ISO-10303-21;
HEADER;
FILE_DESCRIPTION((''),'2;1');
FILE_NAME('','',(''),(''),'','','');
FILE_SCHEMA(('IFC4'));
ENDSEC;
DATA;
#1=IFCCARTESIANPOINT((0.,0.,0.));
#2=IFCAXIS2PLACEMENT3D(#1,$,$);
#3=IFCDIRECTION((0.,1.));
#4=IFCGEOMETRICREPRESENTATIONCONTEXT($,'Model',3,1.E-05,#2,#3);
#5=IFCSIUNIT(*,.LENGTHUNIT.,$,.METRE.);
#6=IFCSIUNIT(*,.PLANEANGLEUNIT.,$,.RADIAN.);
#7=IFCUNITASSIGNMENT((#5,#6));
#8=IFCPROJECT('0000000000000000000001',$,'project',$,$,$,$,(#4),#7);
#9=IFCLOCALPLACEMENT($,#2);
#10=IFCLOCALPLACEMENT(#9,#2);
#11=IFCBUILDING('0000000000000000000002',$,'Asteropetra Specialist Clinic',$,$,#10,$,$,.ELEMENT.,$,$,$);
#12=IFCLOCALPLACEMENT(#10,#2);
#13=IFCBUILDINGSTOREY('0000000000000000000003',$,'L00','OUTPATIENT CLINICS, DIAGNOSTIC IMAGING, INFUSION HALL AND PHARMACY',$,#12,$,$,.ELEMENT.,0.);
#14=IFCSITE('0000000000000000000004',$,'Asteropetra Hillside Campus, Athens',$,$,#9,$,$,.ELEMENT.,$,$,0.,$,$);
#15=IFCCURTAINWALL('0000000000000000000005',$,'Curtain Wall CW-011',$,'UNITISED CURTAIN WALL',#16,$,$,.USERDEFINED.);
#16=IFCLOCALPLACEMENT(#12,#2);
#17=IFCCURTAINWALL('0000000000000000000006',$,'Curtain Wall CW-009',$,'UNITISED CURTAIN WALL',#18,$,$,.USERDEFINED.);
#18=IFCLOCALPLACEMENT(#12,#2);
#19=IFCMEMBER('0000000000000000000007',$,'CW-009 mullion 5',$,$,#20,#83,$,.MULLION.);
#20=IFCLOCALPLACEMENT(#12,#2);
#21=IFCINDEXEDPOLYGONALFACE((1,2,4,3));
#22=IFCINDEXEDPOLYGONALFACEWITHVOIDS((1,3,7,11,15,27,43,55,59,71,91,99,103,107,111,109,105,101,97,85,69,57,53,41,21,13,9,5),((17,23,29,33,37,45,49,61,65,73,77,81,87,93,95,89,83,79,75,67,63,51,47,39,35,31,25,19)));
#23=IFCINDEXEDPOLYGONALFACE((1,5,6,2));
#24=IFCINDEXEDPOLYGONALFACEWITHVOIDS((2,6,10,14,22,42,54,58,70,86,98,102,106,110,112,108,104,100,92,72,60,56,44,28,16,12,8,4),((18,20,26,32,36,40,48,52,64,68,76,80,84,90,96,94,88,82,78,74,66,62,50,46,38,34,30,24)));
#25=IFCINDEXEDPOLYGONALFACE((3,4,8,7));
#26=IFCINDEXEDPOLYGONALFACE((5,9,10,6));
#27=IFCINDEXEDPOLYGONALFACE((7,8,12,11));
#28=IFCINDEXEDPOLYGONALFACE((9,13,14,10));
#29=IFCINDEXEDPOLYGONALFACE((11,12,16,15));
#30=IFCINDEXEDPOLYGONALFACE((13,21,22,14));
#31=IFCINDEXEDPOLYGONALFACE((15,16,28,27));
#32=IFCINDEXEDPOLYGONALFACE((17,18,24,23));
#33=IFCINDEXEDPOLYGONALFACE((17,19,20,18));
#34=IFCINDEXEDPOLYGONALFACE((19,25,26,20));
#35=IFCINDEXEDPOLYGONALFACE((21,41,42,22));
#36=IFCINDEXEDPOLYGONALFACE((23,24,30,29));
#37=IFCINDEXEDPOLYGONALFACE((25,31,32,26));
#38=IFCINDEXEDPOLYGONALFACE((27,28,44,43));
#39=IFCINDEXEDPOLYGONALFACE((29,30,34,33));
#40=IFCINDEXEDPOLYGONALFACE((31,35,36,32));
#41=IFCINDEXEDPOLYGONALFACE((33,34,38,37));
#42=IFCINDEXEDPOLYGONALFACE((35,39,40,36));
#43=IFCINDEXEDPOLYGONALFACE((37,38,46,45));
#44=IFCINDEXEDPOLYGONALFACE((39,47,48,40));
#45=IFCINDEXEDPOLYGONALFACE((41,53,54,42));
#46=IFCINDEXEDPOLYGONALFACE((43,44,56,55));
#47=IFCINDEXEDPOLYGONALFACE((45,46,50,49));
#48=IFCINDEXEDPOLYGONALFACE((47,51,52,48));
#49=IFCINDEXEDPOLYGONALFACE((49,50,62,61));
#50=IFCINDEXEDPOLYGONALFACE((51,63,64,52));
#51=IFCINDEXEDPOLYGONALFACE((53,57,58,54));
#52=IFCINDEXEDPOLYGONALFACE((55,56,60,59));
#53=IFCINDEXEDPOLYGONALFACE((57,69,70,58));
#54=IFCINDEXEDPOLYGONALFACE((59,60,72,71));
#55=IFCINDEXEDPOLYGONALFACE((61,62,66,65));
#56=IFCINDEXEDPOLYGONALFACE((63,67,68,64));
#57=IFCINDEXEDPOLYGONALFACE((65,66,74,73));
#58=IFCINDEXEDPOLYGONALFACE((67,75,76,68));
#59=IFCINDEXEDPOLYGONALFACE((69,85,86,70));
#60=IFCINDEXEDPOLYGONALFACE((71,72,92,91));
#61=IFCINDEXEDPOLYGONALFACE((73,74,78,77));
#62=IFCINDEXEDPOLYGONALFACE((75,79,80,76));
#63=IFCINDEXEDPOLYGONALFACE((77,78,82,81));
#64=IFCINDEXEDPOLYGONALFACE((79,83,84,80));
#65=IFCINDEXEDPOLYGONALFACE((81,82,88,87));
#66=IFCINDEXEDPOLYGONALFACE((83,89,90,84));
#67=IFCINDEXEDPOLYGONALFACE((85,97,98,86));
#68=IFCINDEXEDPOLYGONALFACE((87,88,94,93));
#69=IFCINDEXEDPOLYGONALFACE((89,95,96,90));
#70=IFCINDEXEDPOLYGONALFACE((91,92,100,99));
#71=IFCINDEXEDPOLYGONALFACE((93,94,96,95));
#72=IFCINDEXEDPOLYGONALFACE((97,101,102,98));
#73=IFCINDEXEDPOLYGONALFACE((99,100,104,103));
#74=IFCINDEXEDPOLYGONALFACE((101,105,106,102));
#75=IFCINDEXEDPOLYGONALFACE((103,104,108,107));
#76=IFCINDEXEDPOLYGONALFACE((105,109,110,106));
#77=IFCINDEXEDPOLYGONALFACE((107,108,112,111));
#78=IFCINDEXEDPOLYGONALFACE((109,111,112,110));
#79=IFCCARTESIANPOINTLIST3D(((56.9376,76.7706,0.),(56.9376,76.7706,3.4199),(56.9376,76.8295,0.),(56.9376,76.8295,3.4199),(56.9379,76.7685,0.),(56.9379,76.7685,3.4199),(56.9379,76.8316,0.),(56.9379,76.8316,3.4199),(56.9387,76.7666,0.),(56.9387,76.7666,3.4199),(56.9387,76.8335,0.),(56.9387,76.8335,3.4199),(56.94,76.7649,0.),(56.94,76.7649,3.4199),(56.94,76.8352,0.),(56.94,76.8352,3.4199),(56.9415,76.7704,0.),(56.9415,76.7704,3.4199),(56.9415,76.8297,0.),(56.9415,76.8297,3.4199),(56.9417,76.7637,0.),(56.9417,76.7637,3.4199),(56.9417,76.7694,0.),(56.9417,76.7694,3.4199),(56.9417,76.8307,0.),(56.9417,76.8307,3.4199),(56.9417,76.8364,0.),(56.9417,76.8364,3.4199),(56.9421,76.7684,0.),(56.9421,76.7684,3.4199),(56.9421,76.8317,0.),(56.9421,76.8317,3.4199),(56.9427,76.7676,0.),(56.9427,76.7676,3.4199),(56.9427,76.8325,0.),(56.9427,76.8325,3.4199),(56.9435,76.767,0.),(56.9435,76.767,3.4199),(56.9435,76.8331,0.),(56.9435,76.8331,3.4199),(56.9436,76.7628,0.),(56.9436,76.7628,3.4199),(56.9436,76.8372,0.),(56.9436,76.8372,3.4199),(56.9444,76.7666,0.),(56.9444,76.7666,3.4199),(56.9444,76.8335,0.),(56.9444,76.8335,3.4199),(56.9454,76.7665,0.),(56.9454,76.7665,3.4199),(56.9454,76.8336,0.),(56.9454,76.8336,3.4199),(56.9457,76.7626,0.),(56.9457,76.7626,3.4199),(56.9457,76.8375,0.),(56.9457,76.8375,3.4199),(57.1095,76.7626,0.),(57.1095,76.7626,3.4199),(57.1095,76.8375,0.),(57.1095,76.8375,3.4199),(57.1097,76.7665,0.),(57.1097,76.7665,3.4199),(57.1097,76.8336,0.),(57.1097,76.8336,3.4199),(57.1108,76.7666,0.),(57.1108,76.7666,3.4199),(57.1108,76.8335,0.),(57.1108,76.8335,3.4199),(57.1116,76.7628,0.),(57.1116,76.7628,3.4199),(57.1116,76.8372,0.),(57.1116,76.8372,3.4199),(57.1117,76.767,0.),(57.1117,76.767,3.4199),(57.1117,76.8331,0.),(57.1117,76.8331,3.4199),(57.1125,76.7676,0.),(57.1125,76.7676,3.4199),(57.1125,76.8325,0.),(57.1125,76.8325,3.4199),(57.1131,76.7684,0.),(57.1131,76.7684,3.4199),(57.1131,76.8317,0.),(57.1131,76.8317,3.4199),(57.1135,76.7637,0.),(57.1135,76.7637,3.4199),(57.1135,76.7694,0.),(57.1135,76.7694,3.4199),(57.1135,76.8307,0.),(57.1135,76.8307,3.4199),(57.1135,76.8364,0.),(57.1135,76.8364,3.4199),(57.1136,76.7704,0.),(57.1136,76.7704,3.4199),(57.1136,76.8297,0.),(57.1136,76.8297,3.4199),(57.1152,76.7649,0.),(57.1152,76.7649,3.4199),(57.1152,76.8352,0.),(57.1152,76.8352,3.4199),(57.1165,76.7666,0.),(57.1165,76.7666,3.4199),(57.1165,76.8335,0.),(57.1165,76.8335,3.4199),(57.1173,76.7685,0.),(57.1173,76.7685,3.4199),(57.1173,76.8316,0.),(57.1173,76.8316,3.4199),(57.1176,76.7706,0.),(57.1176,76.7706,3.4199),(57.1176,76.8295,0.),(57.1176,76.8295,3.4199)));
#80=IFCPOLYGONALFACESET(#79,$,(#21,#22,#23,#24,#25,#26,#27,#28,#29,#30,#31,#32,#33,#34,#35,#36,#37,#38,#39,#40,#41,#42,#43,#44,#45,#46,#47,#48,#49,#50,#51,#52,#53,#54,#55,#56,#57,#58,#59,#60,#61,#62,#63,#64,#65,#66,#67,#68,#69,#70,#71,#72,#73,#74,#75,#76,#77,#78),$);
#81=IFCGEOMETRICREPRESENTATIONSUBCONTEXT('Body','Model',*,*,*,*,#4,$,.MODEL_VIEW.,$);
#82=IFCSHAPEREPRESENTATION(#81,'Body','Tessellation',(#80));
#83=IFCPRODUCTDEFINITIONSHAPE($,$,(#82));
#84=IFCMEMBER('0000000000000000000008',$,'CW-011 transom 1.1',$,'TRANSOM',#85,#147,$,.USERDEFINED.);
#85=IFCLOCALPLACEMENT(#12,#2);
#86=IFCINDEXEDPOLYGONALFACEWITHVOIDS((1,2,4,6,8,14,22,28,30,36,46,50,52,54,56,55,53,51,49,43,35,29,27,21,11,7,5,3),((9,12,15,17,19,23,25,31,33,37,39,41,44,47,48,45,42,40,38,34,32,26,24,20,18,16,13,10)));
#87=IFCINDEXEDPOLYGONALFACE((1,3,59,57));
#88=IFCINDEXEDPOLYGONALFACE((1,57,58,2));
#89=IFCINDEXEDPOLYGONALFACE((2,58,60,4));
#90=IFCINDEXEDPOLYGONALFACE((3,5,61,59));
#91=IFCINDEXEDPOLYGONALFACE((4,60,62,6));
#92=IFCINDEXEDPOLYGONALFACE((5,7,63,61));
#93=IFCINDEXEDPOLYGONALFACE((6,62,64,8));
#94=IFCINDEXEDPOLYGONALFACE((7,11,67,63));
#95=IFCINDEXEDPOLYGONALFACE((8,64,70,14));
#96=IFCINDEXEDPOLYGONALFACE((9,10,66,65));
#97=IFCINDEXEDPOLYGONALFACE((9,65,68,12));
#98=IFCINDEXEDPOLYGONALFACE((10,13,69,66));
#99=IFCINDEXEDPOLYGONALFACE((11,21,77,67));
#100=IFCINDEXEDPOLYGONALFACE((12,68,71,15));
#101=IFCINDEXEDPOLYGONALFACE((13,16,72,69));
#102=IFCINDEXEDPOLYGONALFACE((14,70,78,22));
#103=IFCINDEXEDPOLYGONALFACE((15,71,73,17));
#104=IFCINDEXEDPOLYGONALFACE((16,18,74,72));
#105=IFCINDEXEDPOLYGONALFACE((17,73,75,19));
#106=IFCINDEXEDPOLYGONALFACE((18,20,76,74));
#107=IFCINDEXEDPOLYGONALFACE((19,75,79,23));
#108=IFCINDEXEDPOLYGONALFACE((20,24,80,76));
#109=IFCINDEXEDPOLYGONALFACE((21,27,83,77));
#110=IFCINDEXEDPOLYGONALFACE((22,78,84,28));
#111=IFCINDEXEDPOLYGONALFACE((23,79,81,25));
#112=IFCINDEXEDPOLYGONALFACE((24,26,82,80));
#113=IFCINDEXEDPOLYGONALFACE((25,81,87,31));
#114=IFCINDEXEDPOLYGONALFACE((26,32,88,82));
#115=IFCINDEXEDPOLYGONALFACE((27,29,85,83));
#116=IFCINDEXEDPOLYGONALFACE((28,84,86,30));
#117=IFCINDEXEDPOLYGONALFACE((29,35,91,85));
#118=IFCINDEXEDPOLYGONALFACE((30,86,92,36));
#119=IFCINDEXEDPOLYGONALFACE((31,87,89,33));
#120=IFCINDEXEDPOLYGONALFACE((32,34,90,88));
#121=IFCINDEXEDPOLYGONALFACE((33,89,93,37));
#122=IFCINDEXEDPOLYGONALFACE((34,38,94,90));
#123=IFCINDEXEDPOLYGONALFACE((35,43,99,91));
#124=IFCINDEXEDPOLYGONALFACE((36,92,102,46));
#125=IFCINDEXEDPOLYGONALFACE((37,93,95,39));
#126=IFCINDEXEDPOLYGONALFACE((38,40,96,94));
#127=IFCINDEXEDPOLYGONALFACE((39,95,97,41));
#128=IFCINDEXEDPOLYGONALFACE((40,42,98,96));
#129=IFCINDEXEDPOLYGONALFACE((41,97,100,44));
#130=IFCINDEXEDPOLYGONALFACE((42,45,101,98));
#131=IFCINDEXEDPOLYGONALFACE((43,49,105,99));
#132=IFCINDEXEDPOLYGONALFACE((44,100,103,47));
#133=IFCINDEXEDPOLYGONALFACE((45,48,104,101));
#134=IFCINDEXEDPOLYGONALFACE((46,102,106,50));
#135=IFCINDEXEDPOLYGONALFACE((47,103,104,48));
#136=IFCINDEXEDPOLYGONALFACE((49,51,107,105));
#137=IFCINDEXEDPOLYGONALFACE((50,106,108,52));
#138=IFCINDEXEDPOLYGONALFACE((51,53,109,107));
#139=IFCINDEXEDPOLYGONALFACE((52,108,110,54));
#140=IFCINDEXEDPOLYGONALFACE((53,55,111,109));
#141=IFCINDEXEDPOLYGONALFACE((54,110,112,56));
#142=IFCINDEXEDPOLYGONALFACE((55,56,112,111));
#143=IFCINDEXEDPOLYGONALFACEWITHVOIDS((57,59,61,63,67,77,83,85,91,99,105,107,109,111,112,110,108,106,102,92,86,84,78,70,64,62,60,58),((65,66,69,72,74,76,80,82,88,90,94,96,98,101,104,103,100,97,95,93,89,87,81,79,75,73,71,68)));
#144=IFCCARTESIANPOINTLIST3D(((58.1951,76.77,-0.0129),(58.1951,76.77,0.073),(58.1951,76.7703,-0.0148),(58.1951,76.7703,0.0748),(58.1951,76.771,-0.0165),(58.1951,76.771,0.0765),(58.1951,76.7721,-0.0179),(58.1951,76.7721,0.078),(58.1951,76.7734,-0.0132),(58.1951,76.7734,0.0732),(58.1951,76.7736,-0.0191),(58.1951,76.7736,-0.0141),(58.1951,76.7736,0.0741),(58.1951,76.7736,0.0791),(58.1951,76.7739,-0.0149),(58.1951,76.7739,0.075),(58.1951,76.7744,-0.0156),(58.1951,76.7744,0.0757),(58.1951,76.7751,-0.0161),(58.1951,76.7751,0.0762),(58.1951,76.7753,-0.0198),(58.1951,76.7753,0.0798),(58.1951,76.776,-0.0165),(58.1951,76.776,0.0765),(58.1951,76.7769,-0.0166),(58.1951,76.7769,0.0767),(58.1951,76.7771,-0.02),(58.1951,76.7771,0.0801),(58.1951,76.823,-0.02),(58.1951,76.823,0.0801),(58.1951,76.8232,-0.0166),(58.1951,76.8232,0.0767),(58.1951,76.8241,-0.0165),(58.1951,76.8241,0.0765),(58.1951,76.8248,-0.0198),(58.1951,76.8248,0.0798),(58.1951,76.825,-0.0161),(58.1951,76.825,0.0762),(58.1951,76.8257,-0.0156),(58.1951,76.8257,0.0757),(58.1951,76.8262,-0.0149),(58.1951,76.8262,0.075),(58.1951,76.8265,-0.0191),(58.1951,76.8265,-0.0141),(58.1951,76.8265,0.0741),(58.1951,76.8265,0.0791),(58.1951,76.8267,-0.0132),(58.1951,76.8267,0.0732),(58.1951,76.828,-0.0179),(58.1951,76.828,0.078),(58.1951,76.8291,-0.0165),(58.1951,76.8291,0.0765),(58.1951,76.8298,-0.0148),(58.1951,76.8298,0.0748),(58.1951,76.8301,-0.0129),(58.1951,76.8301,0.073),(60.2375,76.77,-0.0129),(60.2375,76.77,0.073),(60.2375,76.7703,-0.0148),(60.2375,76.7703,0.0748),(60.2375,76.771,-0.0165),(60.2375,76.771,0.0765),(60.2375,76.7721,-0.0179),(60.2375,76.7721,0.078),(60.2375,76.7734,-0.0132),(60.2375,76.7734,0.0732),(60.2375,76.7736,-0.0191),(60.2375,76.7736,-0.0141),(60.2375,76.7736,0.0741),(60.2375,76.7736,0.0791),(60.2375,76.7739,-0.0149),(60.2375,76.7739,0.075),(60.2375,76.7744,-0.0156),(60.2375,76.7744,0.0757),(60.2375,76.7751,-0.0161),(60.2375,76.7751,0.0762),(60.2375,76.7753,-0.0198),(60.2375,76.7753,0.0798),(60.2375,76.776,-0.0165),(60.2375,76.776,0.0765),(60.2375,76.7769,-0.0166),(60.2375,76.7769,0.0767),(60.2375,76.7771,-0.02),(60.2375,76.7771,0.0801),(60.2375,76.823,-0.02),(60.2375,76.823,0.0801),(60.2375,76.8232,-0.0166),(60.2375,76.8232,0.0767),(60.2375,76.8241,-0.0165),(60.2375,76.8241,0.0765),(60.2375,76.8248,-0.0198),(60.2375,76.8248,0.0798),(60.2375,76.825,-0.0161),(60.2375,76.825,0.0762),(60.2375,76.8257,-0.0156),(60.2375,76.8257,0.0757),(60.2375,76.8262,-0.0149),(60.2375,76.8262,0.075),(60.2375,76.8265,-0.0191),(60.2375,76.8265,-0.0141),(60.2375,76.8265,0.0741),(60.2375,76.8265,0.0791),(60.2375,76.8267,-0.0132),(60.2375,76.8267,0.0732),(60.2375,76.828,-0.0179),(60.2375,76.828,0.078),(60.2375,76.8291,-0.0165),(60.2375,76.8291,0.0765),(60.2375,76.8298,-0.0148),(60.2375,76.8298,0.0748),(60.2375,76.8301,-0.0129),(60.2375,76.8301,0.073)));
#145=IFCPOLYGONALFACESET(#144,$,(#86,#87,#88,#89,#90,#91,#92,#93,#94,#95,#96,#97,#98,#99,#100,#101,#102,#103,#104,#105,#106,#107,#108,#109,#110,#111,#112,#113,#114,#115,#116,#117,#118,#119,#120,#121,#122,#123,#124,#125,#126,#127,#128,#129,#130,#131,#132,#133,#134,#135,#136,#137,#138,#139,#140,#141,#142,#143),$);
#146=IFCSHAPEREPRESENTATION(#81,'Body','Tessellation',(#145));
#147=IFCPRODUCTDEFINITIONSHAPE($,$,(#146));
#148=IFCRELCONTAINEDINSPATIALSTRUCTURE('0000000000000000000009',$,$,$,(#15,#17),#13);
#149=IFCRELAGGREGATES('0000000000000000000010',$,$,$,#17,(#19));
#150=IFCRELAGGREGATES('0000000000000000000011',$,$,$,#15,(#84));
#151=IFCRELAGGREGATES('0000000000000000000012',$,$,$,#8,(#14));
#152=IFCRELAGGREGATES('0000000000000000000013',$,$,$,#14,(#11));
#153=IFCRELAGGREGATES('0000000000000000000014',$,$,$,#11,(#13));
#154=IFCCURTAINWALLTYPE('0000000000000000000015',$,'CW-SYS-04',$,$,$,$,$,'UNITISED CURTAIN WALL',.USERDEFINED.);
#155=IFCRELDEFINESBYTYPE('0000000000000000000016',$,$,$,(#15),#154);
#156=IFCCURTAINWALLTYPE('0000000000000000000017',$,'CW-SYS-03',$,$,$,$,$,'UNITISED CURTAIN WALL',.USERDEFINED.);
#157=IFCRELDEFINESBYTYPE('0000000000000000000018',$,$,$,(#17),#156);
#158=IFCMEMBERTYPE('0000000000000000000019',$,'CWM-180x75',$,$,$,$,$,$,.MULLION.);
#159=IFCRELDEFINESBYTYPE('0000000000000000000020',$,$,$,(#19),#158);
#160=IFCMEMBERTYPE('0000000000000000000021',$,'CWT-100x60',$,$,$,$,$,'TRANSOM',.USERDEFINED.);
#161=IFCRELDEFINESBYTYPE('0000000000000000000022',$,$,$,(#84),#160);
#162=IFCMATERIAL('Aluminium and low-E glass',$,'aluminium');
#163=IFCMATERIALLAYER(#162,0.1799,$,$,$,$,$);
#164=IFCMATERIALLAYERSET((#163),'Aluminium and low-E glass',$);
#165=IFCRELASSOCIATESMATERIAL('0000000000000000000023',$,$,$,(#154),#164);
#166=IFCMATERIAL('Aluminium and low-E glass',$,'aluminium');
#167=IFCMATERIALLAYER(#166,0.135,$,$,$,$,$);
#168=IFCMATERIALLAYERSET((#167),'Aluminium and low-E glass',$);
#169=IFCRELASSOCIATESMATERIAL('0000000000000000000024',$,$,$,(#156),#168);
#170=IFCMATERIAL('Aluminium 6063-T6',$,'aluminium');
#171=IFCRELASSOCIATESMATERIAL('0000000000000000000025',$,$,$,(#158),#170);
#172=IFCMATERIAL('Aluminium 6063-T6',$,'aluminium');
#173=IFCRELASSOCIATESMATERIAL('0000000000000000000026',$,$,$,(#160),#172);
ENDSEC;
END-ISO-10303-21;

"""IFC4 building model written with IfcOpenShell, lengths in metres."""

from ifc_helpers import new_model, si_unit, direction, frame, origin, origin_2d, place, context, subcontext, project, spatial, hollow_rectangle, extrude, material, layer, layer_set, material_profile, profile_set, type_object, element, aggregate, save


model = new_model("IFC4")

# Units and contexts
model_context = context("Model", 3, precision=1e-05, world=origin(), true_north=direction((0.0, 1.0)))
body_context = subcontext(model_context, "Body", "Model", "MODEL_VIEW")
ifc_project = project(units=[si_unit("LENGTHUNIT", "METRE"), si_unit("PLANEANGLEUNIT", "RADIAN")], contexts=[model_context])

# Site, building, storey
site_placement = place(None, origin())
site = spatial("IfcSite", under=ifc_project, at=site_placement, Name="Asteropetra Hillside Campus, Athens", CompositionType="ELEMENT", RefElevation=0.0)
building_placement = place(site_placement, origin())
building = spatial("IfcBuilding", under=site, at=building_placement, Name="Asteropetra Specialist Clinic", CompositionType="ELEMENT")
storey_placement = place(building_placement, origin())
storey = spatial("IfcBuildingStorey", under=building, at=storey_placement, Name="L00", Description="OUTPATIENT CLINICS, DIAGNOSTIC IMAGING, INFUSION HALL AND PHARMACY", CompositionType="ELEMENT", Elevation=0.0)

# Curtain wall
ifc_material_1 = material(Name="Aluminium and low-E glass", Category="aluminium")
ifc_layer_1 = layer(ifc_material_1, 0.1799)
ifc_layer_set_1 = layer_set([ifc_layer_1], Name="Aluminium and low-E glass")
curtain_wall_type_1 = type_object("IfcCurtainWallType", Name="CW-SYS-04", ElementType="UNITISED CURTAIN WALL", PredefinedType="USERDEFINED", material=ifc_layer_set_1)
curtain_wall_1_placement = place(storey_placement, origin())
curtain_wall_1 = element("IfcCurtainWall", 1, at=curtain_wall_1_placement, inside=storey, type_object=curtain_wall_type_1, Name="Curtain Wall CW-011", ObjectType="UNITISED CURTAIN WALL", PredefinedType="USERDEFINED")

# Curtain wall, member
ifc_material_2 = material(Name="Aluminium and low-E glass", Category="aluminium")
ifc_layer_2 = layer(ifc_material_2, 0.135)
ifc_layer_set_2 = layer_set([ifc_layer_2], Name="Aluminium and low-E glass")
curtain_wall_type_2 = type_object("IfcCurtainWallType", Name="CW-SYS-03", ElementType="UNITISED CURTAIN WALL", PredefinedType="USERDEFINED", material=ifc_layer_set_2)
curtain_wall_2_placement = place(storey_placement, origin())
curtain_wall_2 = element("IfcCurtainWall", 2, at=curtain_wall_2_placement, inside=storey, type_object=curtain_wall_type_2, Name="Curtain Wall CW-009", ObjectType="UNITISED CURTAIN WALL", PredefinedType="USERDEFINED")
ifc_material_3 = material(Name="Aluminium 6063-T6", Category="aluminium")
ifc_material_profile_1 = material_profile(ifc_material_3, hollow_rectangle(XDim=0.075, YDim=0.1799, WallThickness=0.0039, InnerFilletRadius=0.0039, OuterFilletRadius=0.0081, at=origin_2d()), Name="MUL 180x75x4.0")
ifc_profile_set_1 = profile_set([ifc_material_profile_1], Name="Aluminium 6063-T6")
member_type_1 = type_object("IfcMemberType", Name="CWM-180x75", PredefinedType="MULLION", material=ifc_profile_set_1)
member_1_placement = place(storey_placement, frame((57.0276, 76.8, 0.0), z_axis=(0.0, 0.0, 1.0), x_axis=(0.0, 1.0, 0.0)))
member_1 = element("IfcMember", 3, at=member_1_placement, type_object=member_type_1, Name="CW-009 mullion 5", PredefinedType="MULLION", context=body_context, shape_type="SweptSolid", body=[
    extrude(hollow_rectangle(XDim=0.075, YDim=0.1799, WallThickness=0.0039, InnerFilletRadius=0.0039, OuterFilletRadius=0.0081, at=origin_2d()), origin(), (0.0, 0.0, 1.0), 3.4199),
])
aggregate(curtain_wall_2, [member_1])

# Member
ifc_material_4 = material(Name="Aluminium 6063-T6", Category="aluminium")
ifc_material_profile_2 = material_profile(ifc_material_4, hollow_rectangle(XDim=0.0601, YDim=0.1001, WallThickness=0.0034, InnerFilletRadius=0.0034, OuterFilletRadius=0.0071, at=origin_2d()), Name="TRN 100x60x3.5")
ifc_profile_set_2 = profile_set([ifc_material_profile_2], Name="Aluminium 6063-T6")
member_type_2 = type_object("IfcMemberType", Name="CWT-100x60", ElementType="TRANSOM", PredefinedType="USERDEFINED", material=ifc_profile_set_2)
member_2_placement = place(storey_placement, frame((58.1951, 76.8, 0.03), z_axis=(1.0, 0.0, 0.0), x_axis=(0.0, 1.0, 0.0)))
member_2 = element("IfcMember", 4, at=member_2_placement, type_object=member_type_2, Name="CW-011 transom 1.1", ObjectType="TRANSOM", PredefinedType="USERDEFINED", context=body_context, shape_type="SweptSolid", body=[
    extrude(hollow_rectangle(XDim=0.0601, YDim=0.1001, WallThickness=0.0034, InnerFilletRadius=0.0034, OuterFilletRadius=0.0071, at=origin_2d()), origin(), (0.0, 0.0, 1.0), 2.0425),
])

aggregate(curtain_wall_1, [member_2])

save(model, "model.ifc")
